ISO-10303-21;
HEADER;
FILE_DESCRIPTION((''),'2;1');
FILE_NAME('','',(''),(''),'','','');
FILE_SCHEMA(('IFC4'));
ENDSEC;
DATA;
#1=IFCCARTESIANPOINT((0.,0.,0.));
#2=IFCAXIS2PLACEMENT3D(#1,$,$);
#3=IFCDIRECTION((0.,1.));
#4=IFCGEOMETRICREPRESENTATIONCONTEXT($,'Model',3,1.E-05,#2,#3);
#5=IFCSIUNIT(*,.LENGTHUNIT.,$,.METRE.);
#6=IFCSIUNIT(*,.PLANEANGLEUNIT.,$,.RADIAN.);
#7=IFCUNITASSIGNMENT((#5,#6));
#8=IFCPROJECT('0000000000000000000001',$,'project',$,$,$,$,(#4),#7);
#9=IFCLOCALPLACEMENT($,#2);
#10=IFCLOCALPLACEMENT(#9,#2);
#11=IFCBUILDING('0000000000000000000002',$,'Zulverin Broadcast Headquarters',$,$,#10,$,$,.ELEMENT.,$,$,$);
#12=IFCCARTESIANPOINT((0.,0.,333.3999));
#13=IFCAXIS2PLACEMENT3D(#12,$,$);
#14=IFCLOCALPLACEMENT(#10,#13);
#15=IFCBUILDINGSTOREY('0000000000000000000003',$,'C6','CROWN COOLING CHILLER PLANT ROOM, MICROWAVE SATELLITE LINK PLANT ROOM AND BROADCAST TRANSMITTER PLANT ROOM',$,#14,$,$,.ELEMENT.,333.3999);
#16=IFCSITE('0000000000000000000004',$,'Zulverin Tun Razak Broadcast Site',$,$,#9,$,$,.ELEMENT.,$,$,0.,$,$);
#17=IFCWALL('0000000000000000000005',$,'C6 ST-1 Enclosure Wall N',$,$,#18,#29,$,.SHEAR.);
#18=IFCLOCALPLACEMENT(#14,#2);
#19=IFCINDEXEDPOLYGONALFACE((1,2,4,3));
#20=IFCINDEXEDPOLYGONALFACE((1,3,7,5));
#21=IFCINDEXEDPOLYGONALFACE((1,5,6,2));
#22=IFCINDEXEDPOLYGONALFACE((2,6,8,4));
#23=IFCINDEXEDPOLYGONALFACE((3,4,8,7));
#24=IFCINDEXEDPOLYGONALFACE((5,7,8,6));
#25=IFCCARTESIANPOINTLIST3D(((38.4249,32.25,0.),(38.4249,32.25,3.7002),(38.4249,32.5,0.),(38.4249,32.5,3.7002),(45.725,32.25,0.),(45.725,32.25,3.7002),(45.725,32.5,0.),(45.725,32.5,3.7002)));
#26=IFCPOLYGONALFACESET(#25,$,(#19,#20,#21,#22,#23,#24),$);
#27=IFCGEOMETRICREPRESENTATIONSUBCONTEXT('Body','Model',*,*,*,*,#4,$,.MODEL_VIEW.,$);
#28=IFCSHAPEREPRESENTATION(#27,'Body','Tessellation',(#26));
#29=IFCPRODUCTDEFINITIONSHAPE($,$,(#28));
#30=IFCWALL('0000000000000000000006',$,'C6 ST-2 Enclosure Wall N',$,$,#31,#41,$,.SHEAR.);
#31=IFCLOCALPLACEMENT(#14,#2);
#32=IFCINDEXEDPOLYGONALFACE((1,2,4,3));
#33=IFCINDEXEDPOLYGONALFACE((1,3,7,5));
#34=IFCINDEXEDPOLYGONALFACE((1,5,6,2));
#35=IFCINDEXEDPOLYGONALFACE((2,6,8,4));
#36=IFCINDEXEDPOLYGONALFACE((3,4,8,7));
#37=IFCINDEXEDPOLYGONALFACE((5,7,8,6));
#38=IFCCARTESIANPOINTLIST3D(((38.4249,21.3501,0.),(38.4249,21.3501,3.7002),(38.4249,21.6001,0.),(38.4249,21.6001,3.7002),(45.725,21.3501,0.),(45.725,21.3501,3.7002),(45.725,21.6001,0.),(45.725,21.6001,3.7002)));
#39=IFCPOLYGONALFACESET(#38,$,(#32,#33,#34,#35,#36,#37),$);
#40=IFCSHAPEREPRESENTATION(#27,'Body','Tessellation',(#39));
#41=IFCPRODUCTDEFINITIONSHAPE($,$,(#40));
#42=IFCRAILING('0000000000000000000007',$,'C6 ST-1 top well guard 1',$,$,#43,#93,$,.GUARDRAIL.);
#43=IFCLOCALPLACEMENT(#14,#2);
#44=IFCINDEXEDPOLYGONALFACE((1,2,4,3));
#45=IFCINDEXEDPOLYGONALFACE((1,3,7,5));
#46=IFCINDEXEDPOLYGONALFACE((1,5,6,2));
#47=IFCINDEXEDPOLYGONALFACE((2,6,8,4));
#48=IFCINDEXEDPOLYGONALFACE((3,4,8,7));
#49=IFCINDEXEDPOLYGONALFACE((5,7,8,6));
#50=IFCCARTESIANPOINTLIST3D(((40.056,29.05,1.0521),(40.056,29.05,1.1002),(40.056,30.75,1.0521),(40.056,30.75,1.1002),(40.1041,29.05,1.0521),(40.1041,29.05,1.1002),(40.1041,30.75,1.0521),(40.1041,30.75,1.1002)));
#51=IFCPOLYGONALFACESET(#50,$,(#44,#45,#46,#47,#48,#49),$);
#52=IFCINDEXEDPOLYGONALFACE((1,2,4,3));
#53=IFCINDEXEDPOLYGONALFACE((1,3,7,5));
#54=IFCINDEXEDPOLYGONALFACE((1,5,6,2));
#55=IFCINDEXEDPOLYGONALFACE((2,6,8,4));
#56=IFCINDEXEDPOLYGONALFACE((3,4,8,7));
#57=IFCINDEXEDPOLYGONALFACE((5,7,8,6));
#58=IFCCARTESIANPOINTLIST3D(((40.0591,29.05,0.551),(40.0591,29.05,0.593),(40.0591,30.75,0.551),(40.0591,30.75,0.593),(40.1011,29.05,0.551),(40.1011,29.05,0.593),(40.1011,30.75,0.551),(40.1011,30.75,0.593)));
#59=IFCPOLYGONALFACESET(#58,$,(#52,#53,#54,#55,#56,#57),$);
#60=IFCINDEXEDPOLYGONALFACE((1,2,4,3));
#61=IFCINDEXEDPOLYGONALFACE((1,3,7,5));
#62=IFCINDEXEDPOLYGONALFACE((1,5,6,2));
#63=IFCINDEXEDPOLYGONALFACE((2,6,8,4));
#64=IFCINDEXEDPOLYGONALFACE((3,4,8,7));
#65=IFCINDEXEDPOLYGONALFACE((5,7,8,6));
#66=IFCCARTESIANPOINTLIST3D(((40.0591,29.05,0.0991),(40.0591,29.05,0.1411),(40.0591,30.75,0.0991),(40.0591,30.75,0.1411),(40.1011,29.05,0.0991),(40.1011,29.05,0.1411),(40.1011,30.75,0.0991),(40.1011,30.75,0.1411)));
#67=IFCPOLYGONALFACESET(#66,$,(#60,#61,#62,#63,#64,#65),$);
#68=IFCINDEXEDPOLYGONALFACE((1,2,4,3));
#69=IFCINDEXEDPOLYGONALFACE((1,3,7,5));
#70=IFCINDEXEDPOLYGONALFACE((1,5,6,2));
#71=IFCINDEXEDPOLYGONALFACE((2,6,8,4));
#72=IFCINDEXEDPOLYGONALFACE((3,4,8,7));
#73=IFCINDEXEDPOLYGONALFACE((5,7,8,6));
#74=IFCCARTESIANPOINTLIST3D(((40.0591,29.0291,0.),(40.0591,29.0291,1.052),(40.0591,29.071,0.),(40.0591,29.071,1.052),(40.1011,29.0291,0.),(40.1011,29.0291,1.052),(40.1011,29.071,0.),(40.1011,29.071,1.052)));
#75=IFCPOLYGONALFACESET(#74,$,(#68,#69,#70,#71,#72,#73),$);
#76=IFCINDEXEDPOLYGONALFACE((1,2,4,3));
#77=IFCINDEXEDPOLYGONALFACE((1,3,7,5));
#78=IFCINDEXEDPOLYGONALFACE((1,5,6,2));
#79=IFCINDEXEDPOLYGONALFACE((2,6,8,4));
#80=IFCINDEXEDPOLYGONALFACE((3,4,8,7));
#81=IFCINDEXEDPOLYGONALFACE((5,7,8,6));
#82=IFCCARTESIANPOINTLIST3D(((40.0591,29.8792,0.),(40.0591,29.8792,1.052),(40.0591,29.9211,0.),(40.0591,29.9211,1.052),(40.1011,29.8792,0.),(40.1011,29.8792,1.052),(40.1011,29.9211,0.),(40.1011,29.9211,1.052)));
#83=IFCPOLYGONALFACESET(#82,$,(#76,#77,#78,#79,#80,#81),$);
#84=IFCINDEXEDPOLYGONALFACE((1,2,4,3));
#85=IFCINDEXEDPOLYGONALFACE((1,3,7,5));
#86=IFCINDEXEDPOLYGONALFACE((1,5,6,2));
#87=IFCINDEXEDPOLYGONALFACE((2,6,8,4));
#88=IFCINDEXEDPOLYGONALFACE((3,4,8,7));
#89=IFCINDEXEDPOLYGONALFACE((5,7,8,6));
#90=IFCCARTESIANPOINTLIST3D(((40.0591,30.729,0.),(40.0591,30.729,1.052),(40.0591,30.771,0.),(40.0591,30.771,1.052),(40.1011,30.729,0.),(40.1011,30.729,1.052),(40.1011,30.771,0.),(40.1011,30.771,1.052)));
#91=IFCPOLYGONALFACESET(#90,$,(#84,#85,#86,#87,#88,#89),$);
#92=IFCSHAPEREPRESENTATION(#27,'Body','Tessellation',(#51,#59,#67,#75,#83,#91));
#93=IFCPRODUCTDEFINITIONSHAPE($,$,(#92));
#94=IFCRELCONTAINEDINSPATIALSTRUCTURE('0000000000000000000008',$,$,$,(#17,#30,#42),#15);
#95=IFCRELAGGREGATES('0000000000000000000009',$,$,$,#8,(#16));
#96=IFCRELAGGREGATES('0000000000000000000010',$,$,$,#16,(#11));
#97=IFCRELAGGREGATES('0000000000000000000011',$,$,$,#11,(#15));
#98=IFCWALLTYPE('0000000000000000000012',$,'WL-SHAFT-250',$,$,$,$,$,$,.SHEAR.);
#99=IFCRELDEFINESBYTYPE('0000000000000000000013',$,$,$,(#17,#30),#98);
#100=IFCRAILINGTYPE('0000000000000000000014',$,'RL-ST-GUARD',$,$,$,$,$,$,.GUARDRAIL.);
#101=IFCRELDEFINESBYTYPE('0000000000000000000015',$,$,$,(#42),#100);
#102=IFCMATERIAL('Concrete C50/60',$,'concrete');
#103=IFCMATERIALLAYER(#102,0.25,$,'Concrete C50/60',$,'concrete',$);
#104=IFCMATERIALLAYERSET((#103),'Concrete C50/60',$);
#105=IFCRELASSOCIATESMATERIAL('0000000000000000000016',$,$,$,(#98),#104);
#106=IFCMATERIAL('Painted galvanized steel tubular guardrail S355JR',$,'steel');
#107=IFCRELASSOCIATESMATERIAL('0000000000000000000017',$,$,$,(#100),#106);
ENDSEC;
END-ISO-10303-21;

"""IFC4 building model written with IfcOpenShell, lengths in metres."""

from ifc_helpers import new_model, si_unit, direction, frame, frame_2d, origin, origin_2d, place, context, subcontext, project, spatial, rectangle, extrude, material, layer, layer_set, type_object, element, save


model = new_model("IFC4")

# Units and contexts
model_context = context("Model", 3, precision=1e-05, world=origin(), true_north=direction((0.0, 1.0)))
body_context = subcontext(model_context, "Body", "Model", "MODEL_VIEW")
ifc_project = project(units=[si_unit("LENGTHUNIT", "METRE"), si_unit("PLANEANGLEUNIT", "RADIAN")], contexts=[model_context])

# Site, building, storey
site_placement = place(None, origin())
site = spatial("IfcSite", under=ifc_project, at=site_placement, Name="Zulverin Tun Razak Broadcast Site", CompositionType="ELEMENT", RefElevation=0.0)
building_placement = place(site_placement, origin())
building = spatial("IfcBuilding", under=site, at=building_placement, Name="Zulverin Broadcast Headquarters", CompositionType="ELEMENT")
storey_placement = place(building_placement, frame((0.0, 0.0, 333.3999)))
storey = spatial("IfcBuildingStorey", under=building, at=storey_placement, Name="C6", Description="CROWN COOLING CHILLER PLANT ROOM, MICROWAVE SATELLITE LINK PLANT ROOM AND BROADCAST TRANSMITTER PLANT ROOM", CompositionType="ELEMENT", Elevation=333.3999)

# Wall
ifc_material_1 = material(Name="Concrete C50/60", Category="concrete")
ifc_layer_1 = layer(ifc_material_1, 0.25, Name="Concrete C50/60", Category="concrete")
ifc_layer_set_1 = layer_set([ifc_layer_1], Name="Concrete C50/60")
wall_type_1 = type_object("IfcWallType", Name="WL-SHAFT-250", PredefinedType="SHEAR", material=ifc_layer_set_1)
for number, where, z_axis, x_axis, name in (
    (1, (38.425, 32.375, 0.0), (0.0, 0.0, 1.0), (1.0, 0.0, 0.0), "C6 ST-1 Enclosure Wall N"),
):
    element("IfcWall", number, at=place(storey_placement, frame(where, z_axis=z_axis, x_axis=x_axis)), inside=storey, type_object=wall_type_1, Name=name, PredefinedType="SHEAR", context=body_context, shape_type="SweptSolid", body=[
        extrude(rectangle(XDim=7.3, YDim=0.25, at=frame_2d((3.6499, 0.0))), origin(), (0.0, 0.0, 1.0), 3.7002),
    ])

# Wall
wall_1_placement = place(storey_placement, frame((38.425, 21.4751, 0.0), z_axis=(0.0, 0.0, 1.0), x_axis=(1.0, 0.0, 0.0)))
element("IfcWall", 2, at=wall_1_placement, inside=storey, type_object=wall_type_1, Name="C6 ST-2 Enclosure Wall N", PredefinedType="SHEAR", context=body_context, shape_type="SweptSolid", body=[
    extrude(rectangle(XDim=7.3, YDim=0.25, at=frame_2d((3.6499, 0.0))), origin(), (0.0, 0.0, 1.0), 3.7002),
])

# Railing
ifc_material_2 = material(Name="Painted galvanized steel tubular guardrail S355JR", Category="steel")
railing_type = type_object("IfcRailingType", Name="RL-ST-GUARD", PredefinedType="GUARDRAIL", material=ifc_material_2)
railing_placement = place(storey_placement, frame((40.0801, 29.05, 0.0)))
element("IfcRailing", 3, at=railing_placement, inside=storey, type_object=railing_type, Name="C6 ST-1 top well guard 1", PredefinedType="GUARDRAIL", context=body_context, shape_type="SweptSolid", body=[
    extrude(rectangle(XDim=0.0481, YDim=0.0481, at=origin_2d()), frame((0.0, 0.0, 1.0762), z_axis=(0.0, 1.0, 0.0), x_axis=(-1.0, 0.0, 0.0)), (0.0, 0.0, 1.0), 1.7),
    extrude(rectangle(XDim=0.042, YDim=0.042, at=origin_2d()), frame((0.0, 0.0, 0.572), z_axis=(0.0, 1.0, 0.0), x_axis=(-1.0, 0.0, 0.0)), (0.0, 0.0, 1.0), 1.7),
    extrude(rectangle(XDim=0.042, YDim=0.042, at=origin_2d()), frame((0.0, 0.0, 0.1201), z_axis=(0.0, 1.0, 0.0), x_axis=(-1.0, 0.0, 0.0)), (0.0, 0.0, 1.0), 1.7),
    extrude(rectangle(XDim=0.042, YDim=0.042, at=origin_2d()), origin(), (0.0, 0.0, 1.0), 1.052),
    extrude(rectangle(XDim=0.042, YDim=0.042, at=origin_2d()), frame((0.0, 0.8501, 0.0)), (0.0, 0.0, 1.0), 1.052),
    extrude(rectangle(XDim=0.042, YDim=0.042, at=origin_2d()), frame((0.0, 1.7, 0.0)), (0.0, 0.0, 1.0), 1.052),
])

save(model, "model.ifc")
